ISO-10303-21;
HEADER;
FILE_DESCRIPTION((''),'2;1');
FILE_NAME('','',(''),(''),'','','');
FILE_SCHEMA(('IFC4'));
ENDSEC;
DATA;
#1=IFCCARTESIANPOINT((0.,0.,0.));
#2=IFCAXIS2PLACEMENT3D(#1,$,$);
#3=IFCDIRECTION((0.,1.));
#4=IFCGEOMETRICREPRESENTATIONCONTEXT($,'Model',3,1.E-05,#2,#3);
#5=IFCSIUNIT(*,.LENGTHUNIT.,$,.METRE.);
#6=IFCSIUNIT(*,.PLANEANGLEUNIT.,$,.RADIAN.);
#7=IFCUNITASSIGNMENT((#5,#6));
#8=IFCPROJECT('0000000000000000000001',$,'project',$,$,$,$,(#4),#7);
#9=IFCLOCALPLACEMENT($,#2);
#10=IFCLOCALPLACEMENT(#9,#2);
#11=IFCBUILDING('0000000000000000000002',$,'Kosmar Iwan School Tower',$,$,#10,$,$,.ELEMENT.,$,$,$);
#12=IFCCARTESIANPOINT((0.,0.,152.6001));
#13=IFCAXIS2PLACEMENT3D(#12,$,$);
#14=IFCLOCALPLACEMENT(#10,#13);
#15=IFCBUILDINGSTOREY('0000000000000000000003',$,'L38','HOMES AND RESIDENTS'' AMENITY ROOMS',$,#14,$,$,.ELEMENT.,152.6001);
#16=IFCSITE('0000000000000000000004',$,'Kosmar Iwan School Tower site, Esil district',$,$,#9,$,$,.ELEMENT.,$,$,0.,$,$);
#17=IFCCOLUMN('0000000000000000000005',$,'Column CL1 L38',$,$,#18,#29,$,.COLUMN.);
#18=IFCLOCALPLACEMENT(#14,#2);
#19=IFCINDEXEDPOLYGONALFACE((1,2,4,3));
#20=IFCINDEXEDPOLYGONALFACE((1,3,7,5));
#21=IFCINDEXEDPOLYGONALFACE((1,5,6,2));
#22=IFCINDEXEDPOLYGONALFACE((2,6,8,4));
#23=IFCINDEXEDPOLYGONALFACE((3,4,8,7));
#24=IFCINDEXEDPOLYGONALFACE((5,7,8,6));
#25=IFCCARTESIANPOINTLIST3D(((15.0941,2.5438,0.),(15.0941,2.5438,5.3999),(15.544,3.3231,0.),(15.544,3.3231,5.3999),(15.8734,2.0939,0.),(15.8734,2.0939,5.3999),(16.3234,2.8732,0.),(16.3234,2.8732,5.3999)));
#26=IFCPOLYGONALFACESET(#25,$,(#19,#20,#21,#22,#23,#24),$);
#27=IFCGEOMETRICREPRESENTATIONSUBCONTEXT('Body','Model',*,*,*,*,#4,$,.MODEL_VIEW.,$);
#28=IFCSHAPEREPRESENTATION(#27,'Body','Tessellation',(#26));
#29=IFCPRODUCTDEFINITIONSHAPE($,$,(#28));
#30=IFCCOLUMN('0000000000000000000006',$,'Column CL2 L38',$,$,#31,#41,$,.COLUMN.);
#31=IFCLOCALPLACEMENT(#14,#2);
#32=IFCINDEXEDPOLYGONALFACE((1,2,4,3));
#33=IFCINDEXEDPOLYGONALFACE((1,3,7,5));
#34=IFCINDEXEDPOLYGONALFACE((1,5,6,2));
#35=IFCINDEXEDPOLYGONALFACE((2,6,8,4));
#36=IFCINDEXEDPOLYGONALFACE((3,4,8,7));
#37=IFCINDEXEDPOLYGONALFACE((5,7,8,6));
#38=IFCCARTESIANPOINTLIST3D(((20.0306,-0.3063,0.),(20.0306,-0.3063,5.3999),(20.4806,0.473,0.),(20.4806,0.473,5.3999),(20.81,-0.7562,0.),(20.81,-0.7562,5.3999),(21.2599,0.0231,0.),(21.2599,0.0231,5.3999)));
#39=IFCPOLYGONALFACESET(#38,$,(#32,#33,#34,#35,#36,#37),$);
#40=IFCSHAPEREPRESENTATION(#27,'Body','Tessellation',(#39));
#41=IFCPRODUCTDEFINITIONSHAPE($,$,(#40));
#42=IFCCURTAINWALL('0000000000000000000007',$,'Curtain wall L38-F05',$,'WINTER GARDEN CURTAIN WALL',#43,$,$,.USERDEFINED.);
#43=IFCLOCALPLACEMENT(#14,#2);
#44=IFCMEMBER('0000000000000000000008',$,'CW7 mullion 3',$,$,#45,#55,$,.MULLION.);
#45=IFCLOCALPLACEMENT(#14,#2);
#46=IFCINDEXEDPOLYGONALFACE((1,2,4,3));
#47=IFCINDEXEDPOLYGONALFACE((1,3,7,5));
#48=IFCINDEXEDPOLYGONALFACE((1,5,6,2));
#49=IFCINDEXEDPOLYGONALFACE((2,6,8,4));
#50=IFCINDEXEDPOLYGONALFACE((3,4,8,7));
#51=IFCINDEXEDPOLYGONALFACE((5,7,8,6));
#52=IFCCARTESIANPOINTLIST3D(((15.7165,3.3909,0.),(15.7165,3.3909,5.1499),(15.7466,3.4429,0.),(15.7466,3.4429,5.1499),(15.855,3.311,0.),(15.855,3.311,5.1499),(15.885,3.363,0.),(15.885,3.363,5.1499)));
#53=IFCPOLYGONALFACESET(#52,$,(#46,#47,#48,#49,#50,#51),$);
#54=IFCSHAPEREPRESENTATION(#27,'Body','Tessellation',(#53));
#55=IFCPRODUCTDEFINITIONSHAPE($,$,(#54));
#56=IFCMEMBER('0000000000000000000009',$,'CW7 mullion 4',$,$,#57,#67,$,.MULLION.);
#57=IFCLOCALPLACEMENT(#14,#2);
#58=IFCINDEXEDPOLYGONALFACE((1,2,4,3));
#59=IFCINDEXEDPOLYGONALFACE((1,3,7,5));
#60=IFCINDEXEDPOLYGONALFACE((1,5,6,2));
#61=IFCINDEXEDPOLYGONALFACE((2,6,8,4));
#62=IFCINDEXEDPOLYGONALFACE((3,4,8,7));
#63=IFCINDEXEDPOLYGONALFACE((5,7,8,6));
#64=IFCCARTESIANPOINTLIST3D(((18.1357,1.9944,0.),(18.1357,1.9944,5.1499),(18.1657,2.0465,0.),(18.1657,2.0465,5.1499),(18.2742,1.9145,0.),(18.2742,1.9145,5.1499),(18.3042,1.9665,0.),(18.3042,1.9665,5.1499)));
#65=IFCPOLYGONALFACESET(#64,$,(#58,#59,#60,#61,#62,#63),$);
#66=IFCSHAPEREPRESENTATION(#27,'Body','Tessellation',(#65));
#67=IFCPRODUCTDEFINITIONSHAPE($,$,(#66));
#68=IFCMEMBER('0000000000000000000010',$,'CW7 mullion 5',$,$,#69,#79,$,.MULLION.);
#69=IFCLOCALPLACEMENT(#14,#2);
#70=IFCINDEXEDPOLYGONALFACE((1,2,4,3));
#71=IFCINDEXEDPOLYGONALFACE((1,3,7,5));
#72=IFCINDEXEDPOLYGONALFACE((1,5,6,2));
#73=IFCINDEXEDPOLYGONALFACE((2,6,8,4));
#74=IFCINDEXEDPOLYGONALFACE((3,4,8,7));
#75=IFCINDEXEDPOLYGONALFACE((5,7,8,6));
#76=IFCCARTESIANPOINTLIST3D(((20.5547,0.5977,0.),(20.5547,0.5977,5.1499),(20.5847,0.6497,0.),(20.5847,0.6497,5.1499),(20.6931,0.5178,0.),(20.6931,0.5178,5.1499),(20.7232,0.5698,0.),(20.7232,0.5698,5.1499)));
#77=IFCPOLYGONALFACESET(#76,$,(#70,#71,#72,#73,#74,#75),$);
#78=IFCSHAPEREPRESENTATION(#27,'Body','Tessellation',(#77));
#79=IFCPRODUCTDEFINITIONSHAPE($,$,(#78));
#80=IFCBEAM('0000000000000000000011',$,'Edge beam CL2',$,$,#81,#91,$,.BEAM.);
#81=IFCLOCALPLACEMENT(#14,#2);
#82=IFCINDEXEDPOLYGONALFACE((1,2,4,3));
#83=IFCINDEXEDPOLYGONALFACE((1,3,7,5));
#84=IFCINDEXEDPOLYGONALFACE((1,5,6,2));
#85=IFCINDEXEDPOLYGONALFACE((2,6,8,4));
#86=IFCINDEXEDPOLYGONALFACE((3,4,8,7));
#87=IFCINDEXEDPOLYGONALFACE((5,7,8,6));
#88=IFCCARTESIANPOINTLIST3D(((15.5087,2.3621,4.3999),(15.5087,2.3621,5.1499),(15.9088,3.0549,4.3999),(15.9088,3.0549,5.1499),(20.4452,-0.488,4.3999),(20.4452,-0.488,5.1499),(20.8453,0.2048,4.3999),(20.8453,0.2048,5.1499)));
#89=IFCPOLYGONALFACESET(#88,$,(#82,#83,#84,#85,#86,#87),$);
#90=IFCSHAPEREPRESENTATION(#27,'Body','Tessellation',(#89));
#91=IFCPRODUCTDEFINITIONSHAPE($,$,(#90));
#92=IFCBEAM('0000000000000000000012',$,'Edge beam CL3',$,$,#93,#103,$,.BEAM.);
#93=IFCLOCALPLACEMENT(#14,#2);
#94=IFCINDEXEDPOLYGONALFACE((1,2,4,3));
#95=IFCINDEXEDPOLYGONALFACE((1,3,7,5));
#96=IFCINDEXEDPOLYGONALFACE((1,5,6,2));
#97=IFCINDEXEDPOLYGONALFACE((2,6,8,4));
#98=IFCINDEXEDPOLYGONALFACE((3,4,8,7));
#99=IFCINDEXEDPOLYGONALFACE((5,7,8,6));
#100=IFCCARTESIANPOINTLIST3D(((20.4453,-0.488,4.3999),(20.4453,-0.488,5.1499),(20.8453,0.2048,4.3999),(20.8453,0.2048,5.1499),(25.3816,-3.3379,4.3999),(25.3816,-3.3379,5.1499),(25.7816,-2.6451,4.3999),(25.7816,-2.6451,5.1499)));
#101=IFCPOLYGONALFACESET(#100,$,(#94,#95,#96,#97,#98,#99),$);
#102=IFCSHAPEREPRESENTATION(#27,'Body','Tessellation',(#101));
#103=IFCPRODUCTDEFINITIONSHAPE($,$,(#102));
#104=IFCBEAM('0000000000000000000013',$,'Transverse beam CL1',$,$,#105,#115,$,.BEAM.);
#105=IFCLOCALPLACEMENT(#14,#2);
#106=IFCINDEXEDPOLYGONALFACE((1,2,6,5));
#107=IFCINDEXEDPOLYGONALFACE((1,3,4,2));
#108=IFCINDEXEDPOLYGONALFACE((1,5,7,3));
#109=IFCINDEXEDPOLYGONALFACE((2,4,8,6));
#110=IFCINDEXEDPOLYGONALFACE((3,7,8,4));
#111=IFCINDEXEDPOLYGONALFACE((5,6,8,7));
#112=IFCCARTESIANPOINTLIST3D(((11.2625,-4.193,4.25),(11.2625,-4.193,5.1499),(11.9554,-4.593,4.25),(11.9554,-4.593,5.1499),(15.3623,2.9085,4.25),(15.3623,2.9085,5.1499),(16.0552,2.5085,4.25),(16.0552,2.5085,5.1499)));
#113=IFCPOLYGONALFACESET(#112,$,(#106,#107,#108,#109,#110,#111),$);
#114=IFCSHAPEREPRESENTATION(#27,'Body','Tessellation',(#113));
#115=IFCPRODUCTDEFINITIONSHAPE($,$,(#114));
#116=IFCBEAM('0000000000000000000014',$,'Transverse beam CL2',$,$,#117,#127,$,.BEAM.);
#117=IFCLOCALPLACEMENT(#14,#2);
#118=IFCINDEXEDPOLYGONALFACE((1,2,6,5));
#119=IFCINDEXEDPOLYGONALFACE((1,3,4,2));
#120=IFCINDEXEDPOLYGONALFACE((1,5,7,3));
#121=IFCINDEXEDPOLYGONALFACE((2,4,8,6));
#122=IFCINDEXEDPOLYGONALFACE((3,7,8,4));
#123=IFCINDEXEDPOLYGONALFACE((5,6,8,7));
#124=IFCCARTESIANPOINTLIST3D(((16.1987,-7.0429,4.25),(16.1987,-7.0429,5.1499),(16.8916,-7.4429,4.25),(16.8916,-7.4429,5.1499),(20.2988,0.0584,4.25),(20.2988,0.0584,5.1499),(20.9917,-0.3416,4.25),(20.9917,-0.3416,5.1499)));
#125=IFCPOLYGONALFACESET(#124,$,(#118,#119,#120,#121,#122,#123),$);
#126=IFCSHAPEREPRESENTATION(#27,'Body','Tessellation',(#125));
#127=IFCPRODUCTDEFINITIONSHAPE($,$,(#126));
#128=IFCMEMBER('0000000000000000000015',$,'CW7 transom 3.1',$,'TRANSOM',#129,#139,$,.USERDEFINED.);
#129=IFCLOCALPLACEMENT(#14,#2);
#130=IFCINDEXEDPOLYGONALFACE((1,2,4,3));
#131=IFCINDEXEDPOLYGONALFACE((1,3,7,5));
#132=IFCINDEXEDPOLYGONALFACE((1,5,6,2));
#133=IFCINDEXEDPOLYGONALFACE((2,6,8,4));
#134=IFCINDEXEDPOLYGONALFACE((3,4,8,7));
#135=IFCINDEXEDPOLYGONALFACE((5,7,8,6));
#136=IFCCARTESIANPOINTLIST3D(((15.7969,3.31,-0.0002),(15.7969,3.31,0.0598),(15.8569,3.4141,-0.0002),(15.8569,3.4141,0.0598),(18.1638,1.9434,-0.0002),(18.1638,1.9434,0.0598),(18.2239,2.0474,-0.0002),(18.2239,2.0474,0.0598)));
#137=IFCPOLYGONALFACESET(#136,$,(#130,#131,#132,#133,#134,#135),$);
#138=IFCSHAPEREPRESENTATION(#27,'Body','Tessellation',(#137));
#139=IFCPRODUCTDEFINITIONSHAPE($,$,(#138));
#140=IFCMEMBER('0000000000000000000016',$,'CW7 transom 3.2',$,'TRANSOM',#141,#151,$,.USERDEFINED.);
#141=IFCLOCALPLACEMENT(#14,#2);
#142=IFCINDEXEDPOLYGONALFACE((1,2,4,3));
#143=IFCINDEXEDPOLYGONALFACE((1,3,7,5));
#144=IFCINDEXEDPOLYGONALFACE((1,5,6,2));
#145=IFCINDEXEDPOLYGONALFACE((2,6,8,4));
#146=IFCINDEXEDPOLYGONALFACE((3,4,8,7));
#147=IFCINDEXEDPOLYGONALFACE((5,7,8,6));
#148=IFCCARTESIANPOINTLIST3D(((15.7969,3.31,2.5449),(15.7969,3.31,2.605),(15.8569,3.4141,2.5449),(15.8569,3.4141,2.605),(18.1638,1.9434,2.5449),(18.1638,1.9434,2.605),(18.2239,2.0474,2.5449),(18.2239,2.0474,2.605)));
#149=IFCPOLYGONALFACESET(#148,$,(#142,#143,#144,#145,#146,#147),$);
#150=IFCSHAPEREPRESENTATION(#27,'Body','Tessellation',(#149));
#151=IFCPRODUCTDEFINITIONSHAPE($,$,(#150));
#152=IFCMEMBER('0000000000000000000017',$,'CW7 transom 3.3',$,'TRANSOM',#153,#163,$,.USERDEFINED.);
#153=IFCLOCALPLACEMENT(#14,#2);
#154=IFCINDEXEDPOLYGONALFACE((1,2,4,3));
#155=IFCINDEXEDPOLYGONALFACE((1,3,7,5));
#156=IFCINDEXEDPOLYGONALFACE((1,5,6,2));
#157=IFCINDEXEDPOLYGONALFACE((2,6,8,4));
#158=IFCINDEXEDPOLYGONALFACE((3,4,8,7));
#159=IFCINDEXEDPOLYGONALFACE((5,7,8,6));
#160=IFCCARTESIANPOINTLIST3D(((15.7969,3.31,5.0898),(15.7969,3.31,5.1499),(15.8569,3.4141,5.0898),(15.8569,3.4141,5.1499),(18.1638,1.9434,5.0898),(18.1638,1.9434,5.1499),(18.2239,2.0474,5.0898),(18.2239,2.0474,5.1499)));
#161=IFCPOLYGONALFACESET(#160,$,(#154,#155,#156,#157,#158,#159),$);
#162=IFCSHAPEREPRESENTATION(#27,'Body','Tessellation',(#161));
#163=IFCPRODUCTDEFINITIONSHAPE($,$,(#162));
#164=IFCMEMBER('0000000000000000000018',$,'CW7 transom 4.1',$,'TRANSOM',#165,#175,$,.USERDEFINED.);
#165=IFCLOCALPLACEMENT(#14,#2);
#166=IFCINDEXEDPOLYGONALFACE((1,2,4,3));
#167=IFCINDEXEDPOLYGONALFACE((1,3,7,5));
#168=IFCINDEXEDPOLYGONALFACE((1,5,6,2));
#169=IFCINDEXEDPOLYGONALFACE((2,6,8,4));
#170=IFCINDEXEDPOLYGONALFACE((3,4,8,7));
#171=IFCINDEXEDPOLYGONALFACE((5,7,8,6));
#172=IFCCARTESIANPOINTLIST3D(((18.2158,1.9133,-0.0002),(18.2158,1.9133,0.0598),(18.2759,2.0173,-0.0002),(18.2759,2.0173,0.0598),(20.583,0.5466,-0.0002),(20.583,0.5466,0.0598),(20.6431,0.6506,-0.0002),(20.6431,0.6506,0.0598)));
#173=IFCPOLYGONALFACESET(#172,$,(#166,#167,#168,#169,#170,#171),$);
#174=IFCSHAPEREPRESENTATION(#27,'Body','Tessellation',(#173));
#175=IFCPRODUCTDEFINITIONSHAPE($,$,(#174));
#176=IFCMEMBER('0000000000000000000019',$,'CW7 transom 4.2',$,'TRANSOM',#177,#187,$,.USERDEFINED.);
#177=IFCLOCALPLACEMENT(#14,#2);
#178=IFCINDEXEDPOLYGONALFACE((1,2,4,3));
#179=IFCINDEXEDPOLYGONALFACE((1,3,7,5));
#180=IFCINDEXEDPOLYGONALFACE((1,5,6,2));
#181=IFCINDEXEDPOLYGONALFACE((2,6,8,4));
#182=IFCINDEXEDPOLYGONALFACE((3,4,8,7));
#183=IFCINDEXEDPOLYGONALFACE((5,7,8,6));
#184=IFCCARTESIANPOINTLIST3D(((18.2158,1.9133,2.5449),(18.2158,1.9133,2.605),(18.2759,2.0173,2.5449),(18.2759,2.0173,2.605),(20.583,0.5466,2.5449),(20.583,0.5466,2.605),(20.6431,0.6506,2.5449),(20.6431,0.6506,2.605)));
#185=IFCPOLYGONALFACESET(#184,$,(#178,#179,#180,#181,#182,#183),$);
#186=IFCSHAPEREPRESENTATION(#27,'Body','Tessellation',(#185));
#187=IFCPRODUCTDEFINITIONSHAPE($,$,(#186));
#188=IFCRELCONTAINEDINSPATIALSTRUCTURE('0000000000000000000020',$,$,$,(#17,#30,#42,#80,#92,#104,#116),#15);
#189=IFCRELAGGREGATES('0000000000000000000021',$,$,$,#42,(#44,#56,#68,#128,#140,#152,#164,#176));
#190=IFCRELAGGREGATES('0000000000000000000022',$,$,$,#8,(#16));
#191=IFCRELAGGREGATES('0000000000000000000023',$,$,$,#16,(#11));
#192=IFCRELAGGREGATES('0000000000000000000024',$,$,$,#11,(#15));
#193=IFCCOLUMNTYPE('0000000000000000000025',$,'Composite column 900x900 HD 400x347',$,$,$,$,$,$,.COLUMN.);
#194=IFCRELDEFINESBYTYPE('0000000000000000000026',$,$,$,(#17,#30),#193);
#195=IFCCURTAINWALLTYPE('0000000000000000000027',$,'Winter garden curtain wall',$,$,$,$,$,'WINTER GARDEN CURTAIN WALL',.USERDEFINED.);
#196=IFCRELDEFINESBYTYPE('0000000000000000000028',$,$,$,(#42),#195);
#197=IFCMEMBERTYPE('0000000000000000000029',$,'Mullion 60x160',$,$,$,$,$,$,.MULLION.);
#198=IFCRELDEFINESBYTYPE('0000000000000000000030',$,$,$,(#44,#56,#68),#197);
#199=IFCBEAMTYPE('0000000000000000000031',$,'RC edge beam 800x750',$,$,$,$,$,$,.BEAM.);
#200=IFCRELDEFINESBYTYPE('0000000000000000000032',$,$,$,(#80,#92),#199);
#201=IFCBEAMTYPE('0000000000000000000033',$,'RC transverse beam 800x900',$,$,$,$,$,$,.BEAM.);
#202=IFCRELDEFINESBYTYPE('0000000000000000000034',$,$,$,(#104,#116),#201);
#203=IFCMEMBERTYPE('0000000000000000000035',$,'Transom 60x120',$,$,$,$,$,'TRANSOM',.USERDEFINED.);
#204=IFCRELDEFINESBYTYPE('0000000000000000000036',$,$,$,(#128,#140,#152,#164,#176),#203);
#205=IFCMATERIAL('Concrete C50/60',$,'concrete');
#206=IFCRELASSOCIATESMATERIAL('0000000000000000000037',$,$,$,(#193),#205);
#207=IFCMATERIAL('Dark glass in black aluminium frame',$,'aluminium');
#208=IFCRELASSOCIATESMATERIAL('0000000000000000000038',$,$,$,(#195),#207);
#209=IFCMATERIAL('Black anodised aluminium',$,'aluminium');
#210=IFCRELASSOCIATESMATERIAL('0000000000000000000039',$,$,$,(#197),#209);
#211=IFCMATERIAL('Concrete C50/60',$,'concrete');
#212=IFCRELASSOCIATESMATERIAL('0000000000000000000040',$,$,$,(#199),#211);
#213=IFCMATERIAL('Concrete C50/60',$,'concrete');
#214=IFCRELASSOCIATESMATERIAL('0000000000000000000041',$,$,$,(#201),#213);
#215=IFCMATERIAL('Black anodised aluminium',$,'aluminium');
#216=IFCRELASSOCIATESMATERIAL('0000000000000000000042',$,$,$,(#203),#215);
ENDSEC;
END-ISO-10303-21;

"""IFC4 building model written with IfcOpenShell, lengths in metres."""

from ifc_helpers import new_model, si_unit, direction, frame, origin, origin_2d, place, context, subcontext, project, spatial, rectangle, extrude, material, material_profile, profile_set, type_object, element, aggregate, save


model = new_model("IFC4")

# Units and contexts
model_context = context("Model", 3, precision=1e-05, world=origin(), true_north=direction((0.0, 1.0)))
body_context = subcontext(model_context, "Body", "Model", "MODEL_VIEW")
ifc_project = project(units=[si_unit("LENGTHUNIT", "METRE"), si_unit("PLANEANGLEUNIT", "RADIAN")], contexts=[model_context])

# Site, building, storey
site_placement = place(None, origin())
site = spatial("IfcSite", under=ifc_project, at=site_placement, Name="Kosmar Iwan School Tower site, Esil district", CompositionType="ELEMENT", RefElevation=0.0)
building_placement = place(site_placement, origin())
building = spatial("IfcBuilding", under=site, at=building_placement, Name="Kosmar Iwan School Tower", CompositionType="ELEMENT")
storey_placement = place(building_placement, frame((0.0, 0.0, 152.6001)))
storey = spatial("IfcBuildingStorey", under=building, at=storey_placement, Name="L38", Description="HOMES AND RESIDENTS' AMENITY ROOMS", CompositionType="ELEMENT", Elevation=152.6001)

# Columns
ifc_material_1 = material(Name="Concrete C50/60", Category="concrete")
ifc_material_profile_1 = material_profile(ifc_material_1, rectangle(XDim=0.8999, YDim=0.8999, at=origin_2d()), Name="RC 900x900 + HD 400x347")
ifc_profile_set_1 = profile_set([ifc_material_profile_1], Name="Concrete C50/60")
column_type = type_object("IfcColumnType", Name="Composite column 900x900 HD 400x347", PredefinedType="COLUMN", material=ifc_profile_set_1)
for number, where, z_axis, x_axis, name in (
    (1, (15.7087, 2.7085, 0.0), (0.0, 0.0, 1.0), (0.866025, -0.5, 0.0), "Column CL1 L38"),
    (2, (20.6453, -0.1416, 0.0), (0.0, 0.0, 1.0), (0.866025, -0.5, 0.0), "Column CL2 L38"),
):
    element("IfcColumn", number, at=place(storey_placement, frame(where, z_axis=z_axis, x_axis=x_axis)), inside=storey, type_object=column_type, Name=name, PredefinedType="COLUMN", context=body_context, shape_type="SweptSolid", body=[
        extrude(rectangle(XDim=0.8999, YDim=0.8999, at=origin_2d()), origin(), (0.0, 0.0, 1.0), 5.3999),
    ])

# Curtain wall, members
ifc_material_2 = material(Name="Dark glass in black aluminium frame", Category="aluminium")
curtain_wall_type = type_object("IfcCurtainWallType", Name="Winter garden curtain wall", ElementType="WINTER GARDEN CURTAIN WALL", PredefinedType="USERDEFINED", material=ifc_material_2)
curtain_wall_placement = place(storey_placement, origin())
curtain_wall = element("IfcCurtainWall", 3, at=curtain_wall_placement, inside=storey, type_object=curtain_wall_type, Name="Curtain wall L38-F05", ObjectType="WINTER GARDEN CURTAIN WALL", PredefinedType="USERDEFINED")
ifc_material_3 = material(Name="Black anodised aluminium", Category="aluminium")
ifc_material_profile_2 = material_profile(ifc_material_3, rectangle(XDim=0.0601, YDim=0.1599, at=origin_2d()), Name="MULLION 60x160")
ifc_profile_set_2 = profile_set([ifc_material_profile_2], Name="Black anodised aluminium")
member_type_1 = type_object("IfcMemberType", Name="Mullion 60x160", PredefinedType="MULLION", material=ifc_profile_set_2)
member_1_placement = place(storey_placement, frame((15.8008, 3.377, 0.0), z_axis=(0.0, 0.0, 1.0), x_axis=(0.5, 0.866025, 0.0)))
member_1 = element("IfcMember", 4, at=member_1_placement, type_object=member_type_1, Name="CW7 mullion 3", PredefinedType="MULLION", context=body_context, shape_type="SweptSolid", body=[
    extrude(rectangle(XDim=0.0601, YDim=0.1599, at=origin_2d()), origin(), (0.0, 0.0, 1.0), 5.1499),
])
member_2_placement = place(storey_placement, frame((18.22, 1.9805, 0.0), z_axis=(0.0, 0.0, 1.0), x_axis=(0.5, 0.866025, 0.0)))
member_2 = element("IfcMember", 5, at=member_2_placement, type_object=member_type_1, Name="CW7 mullion 4", PredefinedType="MULLION", context=body_context, shape_type="SweptSolid", body=[
    extrude(rectangle(XDim=0.0601, YDim=0.1599, at=origin_2d()), origin(), (0.0, 0.0, 1.0), 5.1499),
])
member_3_placement = place(storey_placement, frame((20.6389, 0.5837, 0.0), z_axis=(0.0, 0.0, 1.0), x_axis=(0.5, 0.866025, 0.0)))
member_3 = element("IfcMember", 6, at=member_3_placement, type_object=member_type_1, Name="CW7 mullion 5", PredefinedType="MULLION", context=body_context, shape_type="SweptSolid", body=[
    extrude(rectangle(XDim=0.0601, YDim=0.1599, at=origin_2d()), origin(), (0.0, 0.0, 1.0), 5.1499),
])

# Beams
ifc_material_4 = material(Name="Concrete C50/60", Category="concrete")
ifc_material_profile_3 = material_profile(ifc_material_4, rectangle(XDim=0.8, YDim=0.75, at=origin_2d()), Name="RC 800x750")
ifc_profile_set_3 = profile_set([ifc_material_profile_3], Name="Concrete C50/60")
beam_type_1 = type_object("IfcBeamType", Name="RC edge beam 800x750", PredefinedType="BEAM", material=ifc_profile_set_3)
beam_1_placement = place(storey_placement, frame((15.7087, 2.7085, 4.7749), z_axis=(0.866026, -0.499999, 0.0), x_axis=(0.499999, 0.866026, 0.0)))
element("IfcBeam", 7, at=beam_1_placement, inside=storey, type_object=beam_type_1, Name="Edge beam CL2", PredefinedType="BEAM", context=body_context, shape_type="SweptSolid", body=[
    extrude(rectangle(XDim=0.8, YDim=0.75, at=origin_2d()), origin(), (0.0, 0.0, 1.0), 5.7002),
])
beam_2_placement = place(storey_placement, frame((20.6453, -0.1416, 4.7749), z_axis=(0.866034, -0.499986, 0.0), x_axis=(0.499986, 0.866034, 0.0)))
element("IfcBeam", 8, at=beam_2_placement, inside=storey, type_object=beam_type_1, Name="Edge beam CL3", PredefinedType="BEAM", context=body_context, shape_type="SweptSolid", body=[
    extrude(rectangle(XDim=0.8, YDim=0.75, at=origin_2d()), origin(), (0.0, 0.0, 1.0), 5.7),
])
ifc_material_5 = material(Name="Concrete C50/60", Category="concrete")
ifc_material_profile_4 = material_profile(ifc_material_5, rectangle(XDim=0.8, YDim=0.8999, at=origin_2d()), Name="RC 800x900")
ifc_profile_set_4 = profile_set([ifc_material_profile_4], Name="Concrete C50/60")
beam_type_2 = type_object("IfcBeamType", Name="RC transverse beam 800x900", PredefinedType="BEAM", material=ifc_profile_set_4)
for number, where, z_axis, x_axis, name in (
    (9, (15.7087, 2.7085, 4.7), (-0.499978, -0.866038, 0.0), (0.866038, -0.499978, 0.0), "Transverse beam CL1"),
    (10, (20.6453, -0.1416, 4.7), (-0.500014, -0.866018, 0.0), (0.866018, -0.500014, 0.0), "Transverse beam CL2"),
):
    element("IfcBeam", number, at=place(storey_placement, frame(where, z_axis=z_axis, x_axis=x_axis)), inside=storey, type_object=beam_type_2, Name=name, PredefinedType="BEAM", context=body_context, shape_type="SweptSolid", body=[
        extrude(rectangle(XDim=0.8, YDim=0.8999, at=origin_2d()), origin(), (0.0, 0.0, 1.0), 8.2),
    ])

# Members
ifc_material_6 = material(Name="Black anodised aluminium", Category="aluminium")
ifc_material_profile_5 = material_profile(ifc_material_6, rectangle(XDim=0.1201, YDim=0.0601, at=origin_2d()), Name="TRANSOM 60x120")
ifc_profile_set_5 = profile_set([ifc_material_profile_5], Name="Black anodised aluminium")
member_type_2 = type_object("IfcMemberType", Name="Transom 60x120", ElementType="TRANSOM", PredefinedType="USERDEFINED", material=ifc_profile_set_5)
member_4_placement = place(storey_placement, frame((15.8269, 3.3621, 0.0298), z_axis=(0.866003, -0.500039, 0.0), x_axis=(0.500039, 0.866003, 0.0)))
member_4 = element("IfcMember", 11, at=member_4_placement, type_object=member_type_2, Name="CW7 transom 3.1", ObjectType="TRANSOM", PredefinedType="USERDEFINED", context=body_context, shape_type="SweptSolid", body=[
    extrude(rectangle(XDim=0.1201, YDim=0.0601, at=origin_2d()), origin(), (0.0, 0.0, 1.0), 2.7332),
])
member_5_placement = place(storey_placement, frame((15.8269, 3.3621, 2.575), z_axis=(0.866003, -0.500039, 0.0), x_axis=(0.500039, 0.866003, 0.0)))
member_5 = element("IfcMember", 12, at=member_5_placement, type_object=member_type_2, Name="CW7 transom 3.2", ObjectType="TRANSOM", PredefinedType="USERDEFINED", context=body_context, shape_type="SweptSolid", body=[
    extrude(rectangle(XDim=0.1201, YDim=0.0601, at=origin_2d()), origin(), (0.0, 0.0, 1.0), 2.7332),
])
member_6_placement = place(storey_placement, frame((15.8269, 3.3621, 5.1199), z_axis=(0.866003, -0.500039, 0.0), x_axis=(0.500039, 0.866003, 0.0)))
member_6 = element("IfcMember", 13, at=member_6_placement, type_object=member_type_2, Name="CW7 transom 3.3", ObjectType="TRANSOM", PredefinedType="USERDEFINED", context=body_context, shape_type="SweptSolid", body=[
    extrude(rectangle(XDim=0.1201, YDim=0.0601, at=origin_2d()), origin(), (0.0, 0.0, 1.0), 2.7332),
])
member_7_placement = place(storey_placement, frame((18.2458, 1.9653, 0.0298), z_axis=(0.866025, -0.500001, 0.0), x_axis=(0.500001, 0.866025, 0.0)))
member_7 = element("IfcMember", 14, at=member_7_placement, type_object=member_type_2, Name="CW7 transom 4.1", ObjectType="TRANSOM", PredefinedType="USERDEFINED", context=body_context, shape_type="SweptSolid", body=[
    extrude(rectangle(XDim=0.1201, YDim=0.0601, at=origin_2d()), origin(), (0.0, 0.0, 1.0), 2.7334),
])
member_8_placement = place(storey_placement, frame((18.2458, 1.9653, 2.575), z_axis=(0.866025, -0.500001, 0.0), x_axis=(0.500001, 0.866025, 0.0)))
member_8 = element("IfcMember", 15, at=member_8_placement, type_object=member_type_2, Name="CW7 transom 4.2", ObjectType="TRANSOM", PredefinedType="USERDEFINED", context=body_context, shape_type="SweptSolid", body=[
    extrude(rectangle(XDim=0.1201, YDim=0.0601, at=origin_2d()), origin(), (0.0, 0.0, 1.0), 2.7334),
])

aggregate(curtain_wall, [member_1, member_2, member_3, member_4, member_5, member_6, member_7, member_8])

save(model, "model.ifc")
